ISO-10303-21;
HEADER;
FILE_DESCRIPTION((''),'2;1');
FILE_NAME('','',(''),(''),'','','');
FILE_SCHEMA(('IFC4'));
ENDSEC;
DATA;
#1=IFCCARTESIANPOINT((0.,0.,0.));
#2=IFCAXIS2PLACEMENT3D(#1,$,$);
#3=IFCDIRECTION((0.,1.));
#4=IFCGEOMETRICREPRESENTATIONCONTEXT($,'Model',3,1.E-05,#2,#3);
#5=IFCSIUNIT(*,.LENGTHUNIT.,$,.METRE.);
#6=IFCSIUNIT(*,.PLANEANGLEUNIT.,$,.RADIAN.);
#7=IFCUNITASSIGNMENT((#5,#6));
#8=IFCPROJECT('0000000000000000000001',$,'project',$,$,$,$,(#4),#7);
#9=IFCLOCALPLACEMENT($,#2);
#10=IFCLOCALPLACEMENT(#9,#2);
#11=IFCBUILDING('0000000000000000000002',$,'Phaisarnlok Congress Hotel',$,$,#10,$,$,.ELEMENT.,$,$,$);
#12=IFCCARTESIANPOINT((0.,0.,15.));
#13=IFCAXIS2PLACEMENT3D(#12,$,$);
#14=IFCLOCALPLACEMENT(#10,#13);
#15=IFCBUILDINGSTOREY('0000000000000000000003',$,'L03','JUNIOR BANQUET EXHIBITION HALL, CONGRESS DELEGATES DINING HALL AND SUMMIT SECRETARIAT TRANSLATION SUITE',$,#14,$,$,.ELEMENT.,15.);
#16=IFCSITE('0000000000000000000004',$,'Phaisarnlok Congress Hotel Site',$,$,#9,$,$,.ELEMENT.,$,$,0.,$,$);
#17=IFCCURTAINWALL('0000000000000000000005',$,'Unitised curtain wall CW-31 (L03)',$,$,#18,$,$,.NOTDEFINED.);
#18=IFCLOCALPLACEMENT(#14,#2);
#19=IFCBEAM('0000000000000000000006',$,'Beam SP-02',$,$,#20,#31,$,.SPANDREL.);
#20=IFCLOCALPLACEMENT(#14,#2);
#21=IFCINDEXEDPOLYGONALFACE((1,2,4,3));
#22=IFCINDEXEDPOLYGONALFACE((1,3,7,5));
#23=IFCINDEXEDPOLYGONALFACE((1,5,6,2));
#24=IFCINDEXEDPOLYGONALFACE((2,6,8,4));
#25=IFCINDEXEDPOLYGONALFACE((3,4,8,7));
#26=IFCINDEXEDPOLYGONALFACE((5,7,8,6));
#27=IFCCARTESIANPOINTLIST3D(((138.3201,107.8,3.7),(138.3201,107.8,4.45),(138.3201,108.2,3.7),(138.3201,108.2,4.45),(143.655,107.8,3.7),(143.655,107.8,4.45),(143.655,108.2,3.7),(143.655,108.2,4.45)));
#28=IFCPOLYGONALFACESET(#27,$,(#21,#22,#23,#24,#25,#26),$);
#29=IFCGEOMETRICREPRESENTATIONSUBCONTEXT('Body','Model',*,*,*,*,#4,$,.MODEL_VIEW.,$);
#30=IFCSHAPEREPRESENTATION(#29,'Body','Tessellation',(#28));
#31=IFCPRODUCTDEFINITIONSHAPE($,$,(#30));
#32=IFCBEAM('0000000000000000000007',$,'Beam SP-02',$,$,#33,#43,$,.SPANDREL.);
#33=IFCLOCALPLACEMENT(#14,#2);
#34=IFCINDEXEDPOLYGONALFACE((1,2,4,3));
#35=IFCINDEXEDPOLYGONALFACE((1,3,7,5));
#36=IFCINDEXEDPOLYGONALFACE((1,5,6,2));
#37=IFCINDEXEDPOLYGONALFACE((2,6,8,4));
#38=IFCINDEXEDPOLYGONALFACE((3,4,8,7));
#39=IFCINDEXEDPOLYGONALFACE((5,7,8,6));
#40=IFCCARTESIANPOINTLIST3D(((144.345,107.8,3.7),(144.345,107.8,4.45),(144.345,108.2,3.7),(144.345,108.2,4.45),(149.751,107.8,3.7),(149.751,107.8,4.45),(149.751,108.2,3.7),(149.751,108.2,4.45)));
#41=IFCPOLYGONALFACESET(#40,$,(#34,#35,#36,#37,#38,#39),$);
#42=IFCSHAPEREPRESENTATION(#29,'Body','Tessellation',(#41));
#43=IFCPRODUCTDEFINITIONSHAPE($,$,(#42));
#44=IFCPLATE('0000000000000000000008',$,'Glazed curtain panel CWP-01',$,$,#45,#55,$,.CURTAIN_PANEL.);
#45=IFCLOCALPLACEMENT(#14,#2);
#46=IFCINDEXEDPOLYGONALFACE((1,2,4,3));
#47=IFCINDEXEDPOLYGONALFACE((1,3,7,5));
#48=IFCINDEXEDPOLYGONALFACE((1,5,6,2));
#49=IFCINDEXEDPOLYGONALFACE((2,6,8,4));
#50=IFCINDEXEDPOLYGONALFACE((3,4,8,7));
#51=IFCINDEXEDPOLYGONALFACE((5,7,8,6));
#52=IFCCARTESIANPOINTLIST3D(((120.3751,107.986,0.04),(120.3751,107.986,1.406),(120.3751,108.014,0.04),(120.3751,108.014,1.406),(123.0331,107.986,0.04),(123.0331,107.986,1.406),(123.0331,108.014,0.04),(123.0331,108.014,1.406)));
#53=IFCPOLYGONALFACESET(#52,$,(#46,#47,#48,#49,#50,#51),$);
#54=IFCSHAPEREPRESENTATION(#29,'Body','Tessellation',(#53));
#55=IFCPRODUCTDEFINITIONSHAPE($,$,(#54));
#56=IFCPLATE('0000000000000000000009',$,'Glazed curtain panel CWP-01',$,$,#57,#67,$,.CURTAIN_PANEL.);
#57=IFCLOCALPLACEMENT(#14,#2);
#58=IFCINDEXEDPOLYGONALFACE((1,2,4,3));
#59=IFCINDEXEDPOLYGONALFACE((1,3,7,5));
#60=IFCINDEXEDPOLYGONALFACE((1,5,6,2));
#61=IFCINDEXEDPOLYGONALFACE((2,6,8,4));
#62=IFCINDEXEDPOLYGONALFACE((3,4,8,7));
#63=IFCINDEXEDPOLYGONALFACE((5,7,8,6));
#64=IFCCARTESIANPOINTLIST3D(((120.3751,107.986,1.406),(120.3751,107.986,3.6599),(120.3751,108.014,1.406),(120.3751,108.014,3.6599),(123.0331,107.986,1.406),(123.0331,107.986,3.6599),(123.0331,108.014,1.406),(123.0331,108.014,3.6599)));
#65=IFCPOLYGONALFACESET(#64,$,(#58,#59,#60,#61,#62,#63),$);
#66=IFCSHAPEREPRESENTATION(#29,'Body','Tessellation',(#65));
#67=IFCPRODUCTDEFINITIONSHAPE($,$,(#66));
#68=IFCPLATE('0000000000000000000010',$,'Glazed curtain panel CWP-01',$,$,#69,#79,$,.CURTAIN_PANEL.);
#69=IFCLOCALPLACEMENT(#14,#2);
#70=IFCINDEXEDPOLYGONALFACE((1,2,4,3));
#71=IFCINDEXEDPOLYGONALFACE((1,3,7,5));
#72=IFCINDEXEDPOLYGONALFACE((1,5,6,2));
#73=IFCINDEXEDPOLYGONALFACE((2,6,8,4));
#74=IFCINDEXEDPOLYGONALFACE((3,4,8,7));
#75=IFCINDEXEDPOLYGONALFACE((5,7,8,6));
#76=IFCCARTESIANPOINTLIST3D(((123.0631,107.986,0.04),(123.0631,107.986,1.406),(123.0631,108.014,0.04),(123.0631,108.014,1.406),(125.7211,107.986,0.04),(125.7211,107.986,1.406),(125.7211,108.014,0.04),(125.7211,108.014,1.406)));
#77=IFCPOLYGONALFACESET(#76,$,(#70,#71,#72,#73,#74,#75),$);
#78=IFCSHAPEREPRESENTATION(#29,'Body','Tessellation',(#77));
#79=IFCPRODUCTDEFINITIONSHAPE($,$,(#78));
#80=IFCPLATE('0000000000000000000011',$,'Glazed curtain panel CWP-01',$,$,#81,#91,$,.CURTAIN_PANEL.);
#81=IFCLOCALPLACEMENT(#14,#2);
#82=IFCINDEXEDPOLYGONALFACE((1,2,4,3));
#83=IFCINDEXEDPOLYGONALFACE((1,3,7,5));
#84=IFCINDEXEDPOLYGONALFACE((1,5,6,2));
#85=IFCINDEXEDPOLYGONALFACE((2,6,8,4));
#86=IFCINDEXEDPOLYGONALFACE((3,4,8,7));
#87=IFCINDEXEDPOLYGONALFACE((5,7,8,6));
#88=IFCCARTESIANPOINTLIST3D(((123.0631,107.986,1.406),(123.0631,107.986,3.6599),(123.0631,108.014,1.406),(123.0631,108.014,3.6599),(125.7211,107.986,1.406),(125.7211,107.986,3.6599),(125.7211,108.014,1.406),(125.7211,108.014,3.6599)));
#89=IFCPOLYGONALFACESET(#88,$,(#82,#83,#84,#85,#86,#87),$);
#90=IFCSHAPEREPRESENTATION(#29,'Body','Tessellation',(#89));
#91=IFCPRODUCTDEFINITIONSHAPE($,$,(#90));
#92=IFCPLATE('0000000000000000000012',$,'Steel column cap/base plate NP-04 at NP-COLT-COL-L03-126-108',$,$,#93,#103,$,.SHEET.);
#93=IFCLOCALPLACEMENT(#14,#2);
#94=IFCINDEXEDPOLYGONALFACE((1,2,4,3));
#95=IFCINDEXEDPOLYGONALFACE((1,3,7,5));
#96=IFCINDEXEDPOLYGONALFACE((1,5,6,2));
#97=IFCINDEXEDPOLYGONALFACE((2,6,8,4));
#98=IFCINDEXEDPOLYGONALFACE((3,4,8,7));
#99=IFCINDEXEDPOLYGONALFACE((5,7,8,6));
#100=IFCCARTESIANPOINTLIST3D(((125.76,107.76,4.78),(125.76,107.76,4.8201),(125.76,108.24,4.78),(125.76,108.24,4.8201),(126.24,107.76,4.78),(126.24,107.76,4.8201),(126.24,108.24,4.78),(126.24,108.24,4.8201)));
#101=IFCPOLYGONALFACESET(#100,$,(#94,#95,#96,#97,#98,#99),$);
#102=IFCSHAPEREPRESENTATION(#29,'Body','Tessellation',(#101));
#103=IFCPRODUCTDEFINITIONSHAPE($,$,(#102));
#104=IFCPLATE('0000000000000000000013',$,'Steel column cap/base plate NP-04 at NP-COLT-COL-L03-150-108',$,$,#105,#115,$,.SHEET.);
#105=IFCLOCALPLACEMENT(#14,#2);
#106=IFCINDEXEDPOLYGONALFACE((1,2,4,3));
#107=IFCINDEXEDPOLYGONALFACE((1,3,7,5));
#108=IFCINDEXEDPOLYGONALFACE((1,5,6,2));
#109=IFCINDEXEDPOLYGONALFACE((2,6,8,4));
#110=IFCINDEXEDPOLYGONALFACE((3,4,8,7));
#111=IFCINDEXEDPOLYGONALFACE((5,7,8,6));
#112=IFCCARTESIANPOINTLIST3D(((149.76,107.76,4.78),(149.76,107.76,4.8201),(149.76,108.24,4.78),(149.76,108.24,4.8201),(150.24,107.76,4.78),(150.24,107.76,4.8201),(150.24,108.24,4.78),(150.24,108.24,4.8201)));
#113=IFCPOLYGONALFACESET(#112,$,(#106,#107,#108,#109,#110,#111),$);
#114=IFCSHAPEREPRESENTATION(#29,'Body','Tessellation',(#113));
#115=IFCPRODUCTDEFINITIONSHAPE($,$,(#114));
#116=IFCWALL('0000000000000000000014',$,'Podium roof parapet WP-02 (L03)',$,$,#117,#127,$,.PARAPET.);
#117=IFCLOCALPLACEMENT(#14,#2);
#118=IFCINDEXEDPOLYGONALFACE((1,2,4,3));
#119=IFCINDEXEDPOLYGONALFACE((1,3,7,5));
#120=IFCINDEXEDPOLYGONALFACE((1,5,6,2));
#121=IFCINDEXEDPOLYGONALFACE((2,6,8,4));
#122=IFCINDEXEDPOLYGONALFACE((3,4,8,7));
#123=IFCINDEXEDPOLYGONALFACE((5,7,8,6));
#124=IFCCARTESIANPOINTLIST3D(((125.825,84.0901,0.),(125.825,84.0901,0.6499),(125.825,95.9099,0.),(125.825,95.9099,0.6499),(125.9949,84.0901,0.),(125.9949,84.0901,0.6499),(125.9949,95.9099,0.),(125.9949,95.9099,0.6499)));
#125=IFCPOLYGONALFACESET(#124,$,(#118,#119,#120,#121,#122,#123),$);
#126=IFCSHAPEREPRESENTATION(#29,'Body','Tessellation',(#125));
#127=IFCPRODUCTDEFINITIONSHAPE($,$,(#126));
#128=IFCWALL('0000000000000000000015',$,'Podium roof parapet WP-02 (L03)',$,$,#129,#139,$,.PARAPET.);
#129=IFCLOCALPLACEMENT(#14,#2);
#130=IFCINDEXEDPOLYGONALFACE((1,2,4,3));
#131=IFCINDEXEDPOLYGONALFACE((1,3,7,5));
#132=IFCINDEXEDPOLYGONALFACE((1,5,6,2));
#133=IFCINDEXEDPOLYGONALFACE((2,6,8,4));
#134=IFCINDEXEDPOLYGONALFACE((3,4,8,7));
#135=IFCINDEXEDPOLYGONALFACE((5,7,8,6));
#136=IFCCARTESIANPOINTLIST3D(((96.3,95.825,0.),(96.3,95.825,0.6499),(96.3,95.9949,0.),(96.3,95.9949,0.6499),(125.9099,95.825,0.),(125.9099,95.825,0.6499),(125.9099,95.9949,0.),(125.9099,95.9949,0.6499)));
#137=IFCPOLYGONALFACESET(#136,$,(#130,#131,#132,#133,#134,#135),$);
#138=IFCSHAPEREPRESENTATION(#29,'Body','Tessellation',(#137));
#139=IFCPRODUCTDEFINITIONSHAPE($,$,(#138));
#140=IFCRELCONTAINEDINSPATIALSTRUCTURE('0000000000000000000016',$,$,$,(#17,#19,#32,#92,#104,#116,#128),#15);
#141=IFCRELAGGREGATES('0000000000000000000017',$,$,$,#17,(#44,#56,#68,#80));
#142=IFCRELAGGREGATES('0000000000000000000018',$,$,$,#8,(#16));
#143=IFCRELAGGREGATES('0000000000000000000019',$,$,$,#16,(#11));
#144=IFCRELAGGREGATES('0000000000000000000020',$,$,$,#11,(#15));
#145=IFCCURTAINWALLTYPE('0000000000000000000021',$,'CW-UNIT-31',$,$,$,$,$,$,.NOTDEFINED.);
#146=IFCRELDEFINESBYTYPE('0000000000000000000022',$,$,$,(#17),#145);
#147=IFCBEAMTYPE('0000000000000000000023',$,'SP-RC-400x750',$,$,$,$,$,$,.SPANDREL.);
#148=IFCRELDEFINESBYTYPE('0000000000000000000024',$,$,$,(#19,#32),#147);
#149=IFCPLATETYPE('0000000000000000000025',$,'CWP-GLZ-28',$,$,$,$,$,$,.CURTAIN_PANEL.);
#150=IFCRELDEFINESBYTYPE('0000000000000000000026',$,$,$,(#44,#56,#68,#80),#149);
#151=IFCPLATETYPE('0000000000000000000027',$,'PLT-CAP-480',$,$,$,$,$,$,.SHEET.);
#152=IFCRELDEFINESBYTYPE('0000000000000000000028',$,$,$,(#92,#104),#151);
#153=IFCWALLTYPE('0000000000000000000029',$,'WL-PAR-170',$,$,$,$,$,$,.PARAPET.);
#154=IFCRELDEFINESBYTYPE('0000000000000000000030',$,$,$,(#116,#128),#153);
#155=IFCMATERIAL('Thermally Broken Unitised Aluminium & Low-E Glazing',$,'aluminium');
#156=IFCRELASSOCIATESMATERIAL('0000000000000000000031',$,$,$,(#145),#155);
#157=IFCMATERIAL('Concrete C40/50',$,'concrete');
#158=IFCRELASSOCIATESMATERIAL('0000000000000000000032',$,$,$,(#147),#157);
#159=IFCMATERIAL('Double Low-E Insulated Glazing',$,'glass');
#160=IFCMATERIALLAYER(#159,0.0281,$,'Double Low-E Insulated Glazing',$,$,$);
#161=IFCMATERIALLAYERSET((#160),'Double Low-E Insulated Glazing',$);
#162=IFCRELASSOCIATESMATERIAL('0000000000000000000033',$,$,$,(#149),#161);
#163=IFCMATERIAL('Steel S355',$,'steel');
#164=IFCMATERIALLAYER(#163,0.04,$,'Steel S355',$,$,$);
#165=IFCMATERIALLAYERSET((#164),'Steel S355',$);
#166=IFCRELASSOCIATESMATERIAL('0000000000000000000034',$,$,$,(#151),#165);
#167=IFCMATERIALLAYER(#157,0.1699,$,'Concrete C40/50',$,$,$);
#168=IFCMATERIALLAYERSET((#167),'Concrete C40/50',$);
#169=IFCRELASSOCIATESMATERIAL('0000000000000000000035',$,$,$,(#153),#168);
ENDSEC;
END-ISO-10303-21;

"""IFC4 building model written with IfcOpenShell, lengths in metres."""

from ifc_helpers import new_model, si_unit, direction, frame, frame_2d, origin, origin_2d, place, context, subcontext, project, spatial, rectangle, extrude, material, layer, layer_set, material_profile, profile_set, type_object, element, aggregate, save


model = new_model("IFC4")

# Units and contexts
model_context = context("Model", 3, precision=1e-05, world=origin(), true_north=direction((0.0, 1.0)))
body_context = subcontext(model_context, "Body", "Model", "MODEL_VIEW")
ifc_project = project(units=[si_unit("LENGTHUNIT", "METRE"), si_unit("PLANEANGLEUNIT", "RADIAN")], contexts=[model_context])

# Site, building, storey
site_placement = place(None, origin())
site = spatial("IfcSite", under=ifc_project, at=site_placement, Name="Phaisarnlok Congress Hotel Site", CompositionType="ELEMENT", RefElevation=0.0)
building_placement = place(site_placement, origin())
building = spatial("IfcBuilding", under=site, at=building_placement, Name="Phaisarnlok Congress Hotel", CompositionType="ELEMENT")
storey_placement = place(building_placement, frame((0.0, 0.0, 15.0)))
storey = spatial("IfcBuildingStorey", under=building, at=storey_placement, Name="L03", Description="JUNIOR BANQUET EXHIBITION HALL, CONGRESS DELEGATES DINING HALL AND SUMMIT SECRETARIAT TRANSLATION SUITE", CompositionType="ELEMENT", Elevation=15.0)

# Shared definitions
ifc_material_1 = material(Name="Steel S355", Category="steel")

# Curtain wall
ifc_material_2 = material(Name="Thermally Broken Unitised Aluminium & Low-E Glazing", Category="aluminium")
curtain_wall_type = type_object("IfcCurtainWallType", Name="CW-UNIT-31", PredefinedType="NOTDEFINED", material=ifc_material_2)
curtain_wall_placement = place(storey_placement, origin())
curtain_wall = element("IfcCurtainWall", 1, at=curtain_wall_placement, inside=storey, type_object=curtain_wall_type, Name="Unitised curtain wall CW-31 (L03)", PredefinedType="NOTDEFINED")

# Beams
ifc_material_3 = material(Name="Concrete C40/50", Category="concrete")
ifc_material_profile_1 = material_profile(ifc_material_3, rectangle(XDim=0.3999, YDim=0.75, at=origin_2d()), Name="RC 400x750")
ifc_profile_set_1 = profile_set([ifc_material_profile_1], Name="Concrete C40/50")
beam_type = type_object("IfcBeamType", Name="SP-RC-400x750", PredefinedType="SPANDREL", material=ifc_profile_set_1)
beam_1_placement = place(storey_placement, frame((138.3201, 108.0, 4.075), z_axis=(1.0, 0.0, 0.0), x_axis=(0.0, 1.0, 0.0)))
element("IfcBeam", 2, at=beam_1_placement, inside=storey, type_object=beam_type, Name="Beam SP-02", PredefinedType="SPANDREL", context=body_context, shape_type="SweptSolid", body=[
    extrude(rectangle(XDim=0.3999, YDim=0.75, at=origin_2d()), origin(), (0.0, 0.0, 1.0), 5.335),
])
beam_2_placement = place(storey_placement, frame((144.345, 108.0, 4.075), z_axis=(1.0, 0.0, 0.0), x_axis=(0.0, 1.0, 0.0)))
element("IfcBeam", 3, at=beam_2_placement, inside=storey, type_object=beam_type, Name="Beam SP-02", PredefinedType="SPANDREL", context=body_context, shape_type="SweptSolid", body=[
    extrude(rectangle(XDim=0.3999, YDim=0.75, at=origin_2d()), origin(), (0.0, 0.0, 1.0), 5.406),
])

# Plates
ifc_material_4 = material(Name="Double Low-E Insulated Glazing", Category="glass")
ifc_layer_1 = layer(ifc_material_4, 0.0281, Name="Double Low-E Insulated Glazing")
ifc_layer_set_1 = layer_set([ifc_layer_1], Name="Double Low-E Insulated Glazing")
plate_type_1 = type_object("IfcPlateType", Name="CWP-GLZ-28", PredefinedType="CURTAIN_PANEL", material=ifc_layer_set_1)
plate_1_placement = place(storey_placement, frame((120.375, 108.0, 0.04), z_axis=(0.0, 0.0, 1.0), x_axis=(1.0, 0.0, 0.0)))
plate_1 = element("IfcPlate", 4, at=plate_1_placement, type_object=plate_type_1, Name="Glazed curtain panel CWP-01", PredefinedType="CURTAIN_PANEL", context=body_context, shape_type="SweptSolid", body=[
    extrude(rectangle(XDim=2.658, YDim=0.0281, at=frame_2d((1.3291, 0.0))), origin(), (0.0, 0.0, 1.0), 1.366),
])
plate_2_placement = place(storey_placement, frame((120.375, 108.0, 1.406), z_axis=(0.0, 0.0, 1.0), x_axis=(1.0, 0.0, 0.0)))
plate_2 = element("IfcPlate", 5, at=plate_2_placement, type_object=plate_type_1, Name="Glazed curtain panel CWP-01", PredefinedType="CURTAIN_PANEL", context=body_context, shape_type="SweptSolid", body=[
    extrude(rectangle(XDim=2.658, YDim=0.0281, at=frame_2d((1.3291, 0.0))), origin(), (0.0, 0.0, 1.0), 2.2539),
])
plate_3_placement = place(storey_placement, frame((123.063, 108.0, 0.04), z_axis=(0.0, 0.0, 1.0), x_axis=(1.0, 0.0, 0.0)))
plate_3 = element("IfcPlate", 6, at=plate_3_placement, type_object=plate_type_1, Name="Glazed curtain panel CWP-01", PredefinedType="CURTAIN_PANEL", context=body_context, shape_type="SweptSolid", body=[
    extrude(rectangle(XDim=2.658, YDim=0.0281, at=frame_2d((1.3291, 0.0))), origin(), (0.0, 0.0, 1.0), 1.366),
])
plate_4_placement = place(storey_placement, frame((123.063, 108.0, 1.406), z_axis=(0.0, 0.0, 1.0), x_axis=(1.0, 0.0, 0.0)))
plate_4 = element("IfcPlate", 7, at=plate_4_placement, type_object=plate_type_1, Name="Glazed curtain panel CWP-01", PredefinedType="CURTAIN_PANEL", context=body_context, shape_type="SweptSolid", body=[
    extrude(rectangle(XDim=2.658, YDim=0.0281, at=frame_2d((1.3291, 0.0))), origin(), (0.0, 0.0, 1.0), 2.2539),
])
aggregate(curtain_wall, [plate_1, plate_2, plate_3, plate_4])

# Plates
ifc_layer_2 = layer(ifc_material_1, 0.04, Name="Steel S355")
ifc_layer_set_2 = layer_set([ifc_layer_2], Name="Steel S355")
plate_type_2 = type_object("IfcPlateType", Name="PLT-CAP-480", PredefinedType="SHEET", material=ifc_layer_set_2)
for number, where, z_axis, x_axis, name in (
    (8, (126.0, 108.0, 4.78), (0.0, 0.0, 1.0), (1.0, 0.0, 0.0), "Steel column cap/base plate NP-04 at NP-COLT-COL-L03-126-108"),
    (9, (150.0, 108.0, 4.78), (0.0, 0.0, 1.0), (1.0, 0.0, 0.0), "Steel column cap/base plate NP-04 at NP-COLT-COL-L03-150-108"),
):
    element("IfcPlate", number, at=place(storey_placement, frame(where, z_axis=z_axis, x_axis=x_axis)), inside=storey, type_object=plate_type_2, Name=name, PredefinedType="SHEET", context=body_context, shape_type="SweptSolid", body=[
        extrude(rectangle(XDim=0.48, YDim=0.48, at=origin_2d()), origin(), (0.0, 0.0, 1.0), 0.04),
    ])

# Walls
ifc_layer_3 = layer(ifc_material_3, 0.1699, Name="Concrete C40/50")
ifc_layer_set_3 = layer_set([ifc_layer_3], Name="Concrete C40/50")
wall_type = type_object("IfcWallType", Name="WL-PAR-170", PredefinedType="PARAPET", material=ifc_layer_set_3)
wall_1_placement = place(storey_placement, frame((125.9099, 84.0901, 0.0), z_axis=(0.0, 0.0, 1.0), x_axis=(0.0, 1.0, 0.0)))
element("IfcWall", 10, at=wall_1_placement, inside=storey, type_object=wall_type, Name="Podium roof parapet WP-02 (L03)", PredefinedType="PARAPET", context=body_context, shape_type="SweptSolid", body=[
    extrude(rectangle(XDim=11.8198, YDim=0.1699, at=frame_2d((5.9099, 0.0))), origin(), (0.0, 0.0, 1.0), 0.6499),
])
wall_2_placement = place(storey_placement, frame((125.9099, 95.9099, 0.0), z_axis=(0.0, 0.0, 1.0), x_axis=(-1.0, 0.0, 0.0)))
element("IfcWall", 11, at=wall_2_placement, inside=storey, type_object=wall_type, Name="Podium roof parapet WP-02 (L03)", PredefinedType="PARAPET", context=body_context, shape_type="SweptSolid", body=[
    extrude(rectangle(XDim=29.6099, YDim=0.1699, at=frame_2d((14.8049, 0.0))), origin(), (0.0, 0.0, 1.0), 0.6499),
])

save(model, "model.ifc")
